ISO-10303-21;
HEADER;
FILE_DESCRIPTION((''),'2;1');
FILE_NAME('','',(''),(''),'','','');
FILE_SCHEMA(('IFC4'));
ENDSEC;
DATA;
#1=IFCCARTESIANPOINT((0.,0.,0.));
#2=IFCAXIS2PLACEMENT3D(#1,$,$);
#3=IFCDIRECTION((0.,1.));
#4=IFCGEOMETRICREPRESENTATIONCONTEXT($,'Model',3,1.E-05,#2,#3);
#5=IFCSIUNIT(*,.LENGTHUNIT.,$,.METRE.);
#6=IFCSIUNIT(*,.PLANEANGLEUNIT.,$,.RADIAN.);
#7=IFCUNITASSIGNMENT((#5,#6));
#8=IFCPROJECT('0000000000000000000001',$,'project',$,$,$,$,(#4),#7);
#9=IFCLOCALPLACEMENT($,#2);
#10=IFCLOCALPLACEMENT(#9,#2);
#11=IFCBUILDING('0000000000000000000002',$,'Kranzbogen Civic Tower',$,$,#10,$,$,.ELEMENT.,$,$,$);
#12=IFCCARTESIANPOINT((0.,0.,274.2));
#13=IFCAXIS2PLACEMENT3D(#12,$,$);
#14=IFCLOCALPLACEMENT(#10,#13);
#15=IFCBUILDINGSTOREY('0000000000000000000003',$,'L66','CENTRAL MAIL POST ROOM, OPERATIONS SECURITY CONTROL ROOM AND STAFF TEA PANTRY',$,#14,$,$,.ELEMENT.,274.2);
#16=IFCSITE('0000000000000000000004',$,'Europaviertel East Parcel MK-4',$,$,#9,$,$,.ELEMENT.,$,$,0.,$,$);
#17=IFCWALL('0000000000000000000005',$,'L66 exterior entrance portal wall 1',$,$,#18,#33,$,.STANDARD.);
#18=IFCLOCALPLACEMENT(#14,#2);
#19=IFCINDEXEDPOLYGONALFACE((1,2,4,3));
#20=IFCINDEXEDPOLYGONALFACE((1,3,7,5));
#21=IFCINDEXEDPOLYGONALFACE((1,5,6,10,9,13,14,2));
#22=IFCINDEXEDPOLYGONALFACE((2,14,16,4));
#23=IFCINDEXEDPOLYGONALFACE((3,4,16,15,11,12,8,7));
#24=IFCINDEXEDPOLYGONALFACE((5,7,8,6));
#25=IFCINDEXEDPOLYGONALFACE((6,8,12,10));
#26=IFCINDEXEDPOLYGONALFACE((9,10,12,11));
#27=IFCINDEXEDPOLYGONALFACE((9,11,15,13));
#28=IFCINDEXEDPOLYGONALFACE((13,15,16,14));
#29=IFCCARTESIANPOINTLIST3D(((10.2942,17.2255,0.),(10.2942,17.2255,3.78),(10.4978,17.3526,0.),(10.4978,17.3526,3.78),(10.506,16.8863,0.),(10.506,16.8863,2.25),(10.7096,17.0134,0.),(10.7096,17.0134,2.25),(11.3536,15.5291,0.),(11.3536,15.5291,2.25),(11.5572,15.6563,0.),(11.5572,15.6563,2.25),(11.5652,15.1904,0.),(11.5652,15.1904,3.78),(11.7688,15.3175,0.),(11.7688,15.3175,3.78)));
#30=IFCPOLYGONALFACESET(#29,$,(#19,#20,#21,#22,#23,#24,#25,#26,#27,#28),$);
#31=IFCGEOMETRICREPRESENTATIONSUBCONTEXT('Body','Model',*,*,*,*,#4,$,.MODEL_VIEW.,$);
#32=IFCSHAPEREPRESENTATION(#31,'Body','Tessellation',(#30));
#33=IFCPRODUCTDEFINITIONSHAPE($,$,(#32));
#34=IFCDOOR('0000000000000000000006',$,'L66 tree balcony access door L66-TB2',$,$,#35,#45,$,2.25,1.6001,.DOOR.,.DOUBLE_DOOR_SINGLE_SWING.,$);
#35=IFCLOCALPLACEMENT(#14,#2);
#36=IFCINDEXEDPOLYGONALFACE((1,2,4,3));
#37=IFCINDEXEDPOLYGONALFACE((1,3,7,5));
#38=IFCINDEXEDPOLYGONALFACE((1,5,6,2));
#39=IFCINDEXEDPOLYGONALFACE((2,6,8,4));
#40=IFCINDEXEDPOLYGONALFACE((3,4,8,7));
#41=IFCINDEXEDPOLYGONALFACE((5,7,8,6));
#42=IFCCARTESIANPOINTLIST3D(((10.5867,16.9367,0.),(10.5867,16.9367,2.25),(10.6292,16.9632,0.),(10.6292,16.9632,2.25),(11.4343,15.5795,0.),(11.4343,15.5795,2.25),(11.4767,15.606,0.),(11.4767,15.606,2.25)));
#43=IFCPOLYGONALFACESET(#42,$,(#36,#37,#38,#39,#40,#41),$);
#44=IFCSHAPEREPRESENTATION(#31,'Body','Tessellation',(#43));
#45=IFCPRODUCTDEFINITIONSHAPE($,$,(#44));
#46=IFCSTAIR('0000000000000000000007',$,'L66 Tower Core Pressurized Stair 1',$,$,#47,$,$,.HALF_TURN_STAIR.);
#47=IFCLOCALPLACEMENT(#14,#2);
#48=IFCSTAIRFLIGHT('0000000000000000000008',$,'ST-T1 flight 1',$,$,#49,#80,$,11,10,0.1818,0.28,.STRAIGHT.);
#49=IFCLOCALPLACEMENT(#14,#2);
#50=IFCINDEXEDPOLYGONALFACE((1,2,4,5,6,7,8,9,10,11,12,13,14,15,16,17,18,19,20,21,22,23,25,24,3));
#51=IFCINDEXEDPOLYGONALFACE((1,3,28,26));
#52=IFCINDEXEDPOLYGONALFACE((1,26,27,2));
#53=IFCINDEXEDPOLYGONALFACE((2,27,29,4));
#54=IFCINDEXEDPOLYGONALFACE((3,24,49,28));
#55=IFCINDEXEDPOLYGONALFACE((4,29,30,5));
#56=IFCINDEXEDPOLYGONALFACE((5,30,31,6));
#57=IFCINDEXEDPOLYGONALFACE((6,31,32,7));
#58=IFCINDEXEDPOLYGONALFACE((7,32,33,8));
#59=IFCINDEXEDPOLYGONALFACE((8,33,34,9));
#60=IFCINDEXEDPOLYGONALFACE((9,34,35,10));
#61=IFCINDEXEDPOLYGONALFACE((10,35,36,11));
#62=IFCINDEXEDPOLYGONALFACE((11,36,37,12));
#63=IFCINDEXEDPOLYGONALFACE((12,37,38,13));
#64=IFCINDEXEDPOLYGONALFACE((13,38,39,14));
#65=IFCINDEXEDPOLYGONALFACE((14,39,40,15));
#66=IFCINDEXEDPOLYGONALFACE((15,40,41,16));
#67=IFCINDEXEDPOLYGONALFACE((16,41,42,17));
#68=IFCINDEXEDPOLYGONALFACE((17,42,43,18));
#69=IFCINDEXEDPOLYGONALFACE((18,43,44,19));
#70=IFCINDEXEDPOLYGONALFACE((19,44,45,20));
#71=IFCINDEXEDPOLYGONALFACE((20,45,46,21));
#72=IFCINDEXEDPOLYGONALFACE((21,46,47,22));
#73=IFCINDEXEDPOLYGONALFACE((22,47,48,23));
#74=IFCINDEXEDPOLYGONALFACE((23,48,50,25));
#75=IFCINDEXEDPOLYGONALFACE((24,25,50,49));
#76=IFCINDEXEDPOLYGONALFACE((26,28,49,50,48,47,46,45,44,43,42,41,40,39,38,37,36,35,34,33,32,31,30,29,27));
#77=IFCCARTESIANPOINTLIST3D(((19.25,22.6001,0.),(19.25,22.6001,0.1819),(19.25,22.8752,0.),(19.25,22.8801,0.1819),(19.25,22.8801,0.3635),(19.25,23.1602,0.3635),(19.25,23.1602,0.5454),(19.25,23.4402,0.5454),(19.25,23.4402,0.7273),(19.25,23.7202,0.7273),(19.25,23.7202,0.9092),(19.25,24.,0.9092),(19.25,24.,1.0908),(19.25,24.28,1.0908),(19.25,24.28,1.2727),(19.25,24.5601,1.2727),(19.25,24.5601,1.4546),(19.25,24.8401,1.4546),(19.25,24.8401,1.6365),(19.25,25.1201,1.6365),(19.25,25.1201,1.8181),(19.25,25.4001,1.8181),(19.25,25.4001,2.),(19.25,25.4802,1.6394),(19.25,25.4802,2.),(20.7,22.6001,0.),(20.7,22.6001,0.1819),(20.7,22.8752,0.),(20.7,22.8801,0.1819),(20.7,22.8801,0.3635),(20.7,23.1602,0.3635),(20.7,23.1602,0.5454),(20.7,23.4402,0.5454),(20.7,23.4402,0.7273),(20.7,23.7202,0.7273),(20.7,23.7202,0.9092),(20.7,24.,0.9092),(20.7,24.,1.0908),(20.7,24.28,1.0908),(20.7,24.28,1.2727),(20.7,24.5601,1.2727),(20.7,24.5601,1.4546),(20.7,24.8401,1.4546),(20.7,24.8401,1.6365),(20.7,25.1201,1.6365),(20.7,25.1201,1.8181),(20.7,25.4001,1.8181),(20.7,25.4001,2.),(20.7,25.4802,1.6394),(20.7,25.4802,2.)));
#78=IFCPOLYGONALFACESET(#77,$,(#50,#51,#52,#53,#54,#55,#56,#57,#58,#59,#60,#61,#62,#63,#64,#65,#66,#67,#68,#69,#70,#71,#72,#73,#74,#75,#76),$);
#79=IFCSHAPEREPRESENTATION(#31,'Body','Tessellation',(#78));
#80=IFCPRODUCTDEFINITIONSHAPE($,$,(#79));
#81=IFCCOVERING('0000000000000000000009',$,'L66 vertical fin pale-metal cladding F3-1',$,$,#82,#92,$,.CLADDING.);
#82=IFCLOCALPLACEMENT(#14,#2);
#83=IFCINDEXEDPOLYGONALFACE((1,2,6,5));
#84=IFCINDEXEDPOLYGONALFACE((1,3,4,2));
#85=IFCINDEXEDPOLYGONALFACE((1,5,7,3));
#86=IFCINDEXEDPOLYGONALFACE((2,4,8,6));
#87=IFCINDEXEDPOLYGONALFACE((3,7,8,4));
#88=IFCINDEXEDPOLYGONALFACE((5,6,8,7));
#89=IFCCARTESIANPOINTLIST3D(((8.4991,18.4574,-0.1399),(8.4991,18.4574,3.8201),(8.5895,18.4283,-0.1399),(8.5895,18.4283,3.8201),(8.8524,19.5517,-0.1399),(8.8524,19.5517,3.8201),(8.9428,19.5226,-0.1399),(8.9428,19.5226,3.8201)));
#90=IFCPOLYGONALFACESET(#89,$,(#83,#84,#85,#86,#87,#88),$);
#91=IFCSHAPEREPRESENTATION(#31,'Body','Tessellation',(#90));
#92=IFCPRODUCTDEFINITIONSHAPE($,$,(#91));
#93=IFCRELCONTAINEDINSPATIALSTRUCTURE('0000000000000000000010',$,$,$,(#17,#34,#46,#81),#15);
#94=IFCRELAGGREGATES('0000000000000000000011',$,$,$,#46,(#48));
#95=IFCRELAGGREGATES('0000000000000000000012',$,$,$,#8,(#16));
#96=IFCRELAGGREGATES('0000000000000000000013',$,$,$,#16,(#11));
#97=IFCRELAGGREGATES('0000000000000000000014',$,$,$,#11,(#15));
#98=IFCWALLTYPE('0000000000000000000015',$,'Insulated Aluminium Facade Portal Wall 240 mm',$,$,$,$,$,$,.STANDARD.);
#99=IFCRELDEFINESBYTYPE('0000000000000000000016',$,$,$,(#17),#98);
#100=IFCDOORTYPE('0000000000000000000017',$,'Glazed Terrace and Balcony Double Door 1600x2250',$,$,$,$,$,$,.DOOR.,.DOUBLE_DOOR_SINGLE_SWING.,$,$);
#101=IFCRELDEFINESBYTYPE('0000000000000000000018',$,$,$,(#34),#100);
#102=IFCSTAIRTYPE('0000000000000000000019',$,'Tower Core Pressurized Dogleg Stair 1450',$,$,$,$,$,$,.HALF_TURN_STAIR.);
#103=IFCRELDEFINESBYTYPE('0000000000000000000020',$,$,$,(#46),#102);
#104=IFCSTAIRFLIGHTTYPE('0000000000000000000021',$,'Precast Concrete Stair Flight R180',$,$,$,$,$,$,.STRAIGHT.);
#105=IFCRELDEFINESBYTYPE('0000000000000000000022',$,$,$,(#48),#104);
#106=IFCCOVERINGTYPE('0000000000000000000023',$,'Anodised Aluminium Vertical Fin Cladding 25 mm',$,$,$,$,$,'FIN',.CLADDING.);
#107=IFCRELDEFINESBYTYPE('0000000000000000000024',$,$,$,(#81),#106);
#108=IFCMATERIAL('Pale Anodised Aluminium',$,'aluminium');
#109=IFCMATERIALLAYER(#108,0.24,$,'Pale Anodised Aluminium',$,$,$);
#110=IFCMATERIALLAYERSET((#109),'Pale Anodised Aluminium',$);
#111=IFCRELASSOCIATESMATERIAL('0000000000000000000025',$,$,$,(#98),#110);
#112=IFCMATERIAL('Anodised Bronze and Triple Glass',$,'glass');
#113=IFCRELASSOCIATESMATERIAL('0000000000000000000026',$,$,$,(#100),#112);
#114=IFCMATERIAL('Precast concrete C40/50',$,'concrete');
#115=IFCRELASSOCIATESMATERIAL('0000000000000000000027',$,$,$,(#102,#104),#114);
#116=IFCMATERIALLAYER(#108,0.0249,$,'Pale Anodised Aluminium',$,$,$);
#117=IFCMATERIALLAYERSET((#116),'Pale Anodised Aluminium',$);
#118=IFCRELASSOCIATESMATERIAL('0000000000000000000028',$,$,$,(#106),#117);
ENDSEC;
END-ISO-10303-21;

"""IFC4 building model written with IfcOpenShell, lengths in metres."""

from ifc_helpers import new_model, si_unit, direction, frame, frame_2d, origin, origin_2d, place, context, subcontext, project, spatial, polyline, rectangle, outline, extrude, material, layer, layer_set, type_object, element, fill, aggregate, save


model = new_model("IFC4")

# Units and contexts
model_context = context("Model", 3, precision=1e-05, world=origin(), true_north=direction((0.0, 1.0)))
body_context = subcontext(model_context, "Body", "Model", "MODEL_VIEW")
ifc_project = project(units=[si_unit("LENGTHUNIT", "METRE"), si_unit("PLANEANGLEUNIT", "RADIAN")], contexts=[model_context])

# Site, building, storey
site_placement = place(None, origin())
site = spatial("IfcSite", under=ifc_project, at=site_placement, Name="Europaviertel East Parcel MK-4", CompositionType="ELEMENT", RefElevation=0.0)
building_placement = place(site_placement, origin())
building = spatial("IfcBuilding", under=site, at=building_placement, Name="Kranzbogen Civic Tower", CompositionType="ELEMENT")
storey_placement = place(building_placement, frame((0.0, 0.0, 274.2)))
storey = spatial("IfcBuildingStorey", under=building, at=storey_placement, Name="L66", Description="CENTRAL MAIL POST ROOM, OPERATIONS SECURITY CONTROL ROOM AND STAFF TEA PANTRY", CompositionType="ELEMENT", Elevation=274.2)

# Shared definitions
ifc_material_1 = material(Name="Pale Anodised Aluminium", Category="aluminium")

# Wall, opening, door
ifc_layer_1 = layer(ifc_material_1, 0.24, Name="Pale Anodised Aluminium")
ifc_layer_set_1 = layer_set([ifc_layer_1], Name="Pale Anodised Aluminium")
wall_type_1 = type_object("IfcWallType", Name="Insulated Aluminium Facade Portal Wall 240 mm", PredefinedType="STANDARD", material=ifc_layer_set_1)
wall_1_placement = place(storey_placement, frame((10.396, 17.2891, 0.0), z_axis=(0.0, 0.0, 1.0), x_axis=(0.529706, -0.848181, 0.0)))
wall_1 = element("IfcWall", 1, at=wall_1_placement, inside=storey, type_object=wall_type_1, Name="L66 exterior entrance portal wall 1", PredefinedType="STANDARD", context=body_context, shape_type="SweptSolid", body=[
    extrude(rectangle(XDim=2.3994, YDim=0.24, at=frame_2d((1.1997, 0.0))), origin(), (0.0, 0.0, 1.0), 3.78),
])
opening_1_placement = place(wall_1_placement, frame((0.3999, 0.0, 0.0)))
opening_1 = element("IfcOpeningElement", 2, at=opening_1_placement, cuts=wall_1, PredefinedType="OPENING", context=body_context, shape_type="SweptSolid", body=[
    extrude(rectangle(XDim=1.6001, YDim=2.25, at=frame_2d((0.8, 1.125))), frame((0.0, 0.1299, 0.0), z_axis=(0.0, -1.0, 0.0), x_axis=(1.0, 0.0, 0.0)), (0.0, 0.0, 1.0), 0.26),
])
ifc_material_2 = material(Name="Anodised Bronze and Triple Glass", Category="glass")
door_type_1 = type_object("IfcDoorType", Name="Glazed Terrace and Balcony Double Door 1600x2250", OperationType="DOUBLE_DOOR_SINGLE_SWING", PredefinedType="DOOR", material=ifc_material_2)
door_1_placement = place(opening_1_placement, frame((1.6001, 0.0, 0.0), z_axis=(0.0, 0.0, 1.0), x_axis=(-1.0, 0.0, 0.0)))
door_1 = element("IfcDoor", 3, at=door_1_placement, inside=storey, type_object=door_type_1, Name="L66 tree balcony access door L66-TB2", OperationType="DOUBLE_DOOR_SINGLE_SWING", OverallHeight=2.25, OverallWidth=1.6001, PredefinedType="DOOR", context=body_context, shape_type="SweptSolid", body=[
    extrude(rectangle(XDim=1.6001, YDim=2.25, at=frame_2d((0.8, 1.125))), frame((0.0, 0.0249, 0.0), z_axis=(0.0, -1.0, 0.0), x_axis=(1.0, 0.0, 0.0)), (0.0, 0.0, 1.0), 0.05),
])
fill(opening_1, door_1)

# Stair, stair flight
ifc_material_3 = material(Name="Precast concrete C40/50", Category="concrete")
stair_type = type_object("IfcStairType", Name="Tower Core Pressurized Dogleg Stair 1450", PredefinedType="HALF_TURN_STAIR", material=ifc_material_3)
stair_placement = place(storey_placement, origin())
stair = element("IfcStair", 4, at=stair_placement, inside=storey, type_object=stair_type, Name="L66 Tower Core Pressurized Stair 1", PredefinedType="HALF_TURN_STAIR")
stair_flight_type = type_object("IfcStairFlightType", Name="Precast Concrete Stair Flight R180", PredefinedType="STRAIGHT", material=ifc_material_3)
stair_flight_placement = place(storey_placement, frame((19.9751, 22.6001, 0.0), z_axis=(0.0, 0.0, 1.0), x_axis=(0.0, 1.0, 0.0)))
stair_flight = element("IfcStairFlight", 5, at=stair_flight_placement, type_object=stair_flight_type, Name="ST-T1 flight 1", NumberOfRisers=11, NumberOfTreads=10, PredefinedType="STRAIGHT", RiserHeight=0.1818, TreadLength=0.28, context=body_context, shape_type="SweptSolid", body=[
    extrude(outline(polyline([(0.0, 0.0), (0.0, 0.1819), (0.28, 0.1819), (0.28, 0.3635), (0.5601, 0.3635), (0.5601, 0.5454), (0.8401, 0.5454), (0.8401, 0.7273), (1.1201, 0.7273), (1.1201, 0.9092), (1.3999, 0.9092), (1.3999, 1.0908), (1.6799, 1.0908), (1.6799, 1.2727), (1.96, 1.2727), (1.96, 1.4546), (2.24, 1.4546), (2.24, 1.6365), (2.52, 1.6365), (2.52, 1.8181), (2.8, 1.8181), (2.8, 2.0), (2.8801, 2.0), (2.8801, 1.6394), (0.2751, 0.0), (0.0, 0.0)])), frame((0.0, 0.7251, 0.0), z_axis=(0.0, -1.0, 0.0), x_axis=(1.0, 0.0, 0.0)), (0.0, 0.0, 1.0), 1.45),
])
aggregate(stair, [stair_flight])

# Covering
ifc_layer_2 = layer(ifc_material_1, 0.0249, Name="Pale Anodised Aluminium")
ifc_layer_set_2 = layer_set([ifc_layer_2], Name="Pale Anodised Aluminium")
covering_type = type_object("IfcCoveringType", Name="Anodised Aluminium Vertical Fin Cladding 25 mm", ElementType="FIN", PredefinedType="CLADDING", material=ifc_layer_set_2)
covering_placement = place(storey_placement, frame((8.7209, 18.99, -0.1399), z_axis=(0.0, 0.0, 1.0), x_axis=(-0.307191, -0.951648, 0.0)))
element("IfcCovering", 6, at=covering_placement, inside=storey, type_object=covering_type, Name="L66 vertical fin pale-metal cladding F3-1", PredefinedType="CLADDING", context=body_context, shape_type="SweptSolid", body=[
    extrude(rectangle(XDim=1.1499, YDim=0.095, at=origin_2d()), origin(), (0.0, 0.0, 1.0), 3.96),
])

save(model, "model.ifc")
